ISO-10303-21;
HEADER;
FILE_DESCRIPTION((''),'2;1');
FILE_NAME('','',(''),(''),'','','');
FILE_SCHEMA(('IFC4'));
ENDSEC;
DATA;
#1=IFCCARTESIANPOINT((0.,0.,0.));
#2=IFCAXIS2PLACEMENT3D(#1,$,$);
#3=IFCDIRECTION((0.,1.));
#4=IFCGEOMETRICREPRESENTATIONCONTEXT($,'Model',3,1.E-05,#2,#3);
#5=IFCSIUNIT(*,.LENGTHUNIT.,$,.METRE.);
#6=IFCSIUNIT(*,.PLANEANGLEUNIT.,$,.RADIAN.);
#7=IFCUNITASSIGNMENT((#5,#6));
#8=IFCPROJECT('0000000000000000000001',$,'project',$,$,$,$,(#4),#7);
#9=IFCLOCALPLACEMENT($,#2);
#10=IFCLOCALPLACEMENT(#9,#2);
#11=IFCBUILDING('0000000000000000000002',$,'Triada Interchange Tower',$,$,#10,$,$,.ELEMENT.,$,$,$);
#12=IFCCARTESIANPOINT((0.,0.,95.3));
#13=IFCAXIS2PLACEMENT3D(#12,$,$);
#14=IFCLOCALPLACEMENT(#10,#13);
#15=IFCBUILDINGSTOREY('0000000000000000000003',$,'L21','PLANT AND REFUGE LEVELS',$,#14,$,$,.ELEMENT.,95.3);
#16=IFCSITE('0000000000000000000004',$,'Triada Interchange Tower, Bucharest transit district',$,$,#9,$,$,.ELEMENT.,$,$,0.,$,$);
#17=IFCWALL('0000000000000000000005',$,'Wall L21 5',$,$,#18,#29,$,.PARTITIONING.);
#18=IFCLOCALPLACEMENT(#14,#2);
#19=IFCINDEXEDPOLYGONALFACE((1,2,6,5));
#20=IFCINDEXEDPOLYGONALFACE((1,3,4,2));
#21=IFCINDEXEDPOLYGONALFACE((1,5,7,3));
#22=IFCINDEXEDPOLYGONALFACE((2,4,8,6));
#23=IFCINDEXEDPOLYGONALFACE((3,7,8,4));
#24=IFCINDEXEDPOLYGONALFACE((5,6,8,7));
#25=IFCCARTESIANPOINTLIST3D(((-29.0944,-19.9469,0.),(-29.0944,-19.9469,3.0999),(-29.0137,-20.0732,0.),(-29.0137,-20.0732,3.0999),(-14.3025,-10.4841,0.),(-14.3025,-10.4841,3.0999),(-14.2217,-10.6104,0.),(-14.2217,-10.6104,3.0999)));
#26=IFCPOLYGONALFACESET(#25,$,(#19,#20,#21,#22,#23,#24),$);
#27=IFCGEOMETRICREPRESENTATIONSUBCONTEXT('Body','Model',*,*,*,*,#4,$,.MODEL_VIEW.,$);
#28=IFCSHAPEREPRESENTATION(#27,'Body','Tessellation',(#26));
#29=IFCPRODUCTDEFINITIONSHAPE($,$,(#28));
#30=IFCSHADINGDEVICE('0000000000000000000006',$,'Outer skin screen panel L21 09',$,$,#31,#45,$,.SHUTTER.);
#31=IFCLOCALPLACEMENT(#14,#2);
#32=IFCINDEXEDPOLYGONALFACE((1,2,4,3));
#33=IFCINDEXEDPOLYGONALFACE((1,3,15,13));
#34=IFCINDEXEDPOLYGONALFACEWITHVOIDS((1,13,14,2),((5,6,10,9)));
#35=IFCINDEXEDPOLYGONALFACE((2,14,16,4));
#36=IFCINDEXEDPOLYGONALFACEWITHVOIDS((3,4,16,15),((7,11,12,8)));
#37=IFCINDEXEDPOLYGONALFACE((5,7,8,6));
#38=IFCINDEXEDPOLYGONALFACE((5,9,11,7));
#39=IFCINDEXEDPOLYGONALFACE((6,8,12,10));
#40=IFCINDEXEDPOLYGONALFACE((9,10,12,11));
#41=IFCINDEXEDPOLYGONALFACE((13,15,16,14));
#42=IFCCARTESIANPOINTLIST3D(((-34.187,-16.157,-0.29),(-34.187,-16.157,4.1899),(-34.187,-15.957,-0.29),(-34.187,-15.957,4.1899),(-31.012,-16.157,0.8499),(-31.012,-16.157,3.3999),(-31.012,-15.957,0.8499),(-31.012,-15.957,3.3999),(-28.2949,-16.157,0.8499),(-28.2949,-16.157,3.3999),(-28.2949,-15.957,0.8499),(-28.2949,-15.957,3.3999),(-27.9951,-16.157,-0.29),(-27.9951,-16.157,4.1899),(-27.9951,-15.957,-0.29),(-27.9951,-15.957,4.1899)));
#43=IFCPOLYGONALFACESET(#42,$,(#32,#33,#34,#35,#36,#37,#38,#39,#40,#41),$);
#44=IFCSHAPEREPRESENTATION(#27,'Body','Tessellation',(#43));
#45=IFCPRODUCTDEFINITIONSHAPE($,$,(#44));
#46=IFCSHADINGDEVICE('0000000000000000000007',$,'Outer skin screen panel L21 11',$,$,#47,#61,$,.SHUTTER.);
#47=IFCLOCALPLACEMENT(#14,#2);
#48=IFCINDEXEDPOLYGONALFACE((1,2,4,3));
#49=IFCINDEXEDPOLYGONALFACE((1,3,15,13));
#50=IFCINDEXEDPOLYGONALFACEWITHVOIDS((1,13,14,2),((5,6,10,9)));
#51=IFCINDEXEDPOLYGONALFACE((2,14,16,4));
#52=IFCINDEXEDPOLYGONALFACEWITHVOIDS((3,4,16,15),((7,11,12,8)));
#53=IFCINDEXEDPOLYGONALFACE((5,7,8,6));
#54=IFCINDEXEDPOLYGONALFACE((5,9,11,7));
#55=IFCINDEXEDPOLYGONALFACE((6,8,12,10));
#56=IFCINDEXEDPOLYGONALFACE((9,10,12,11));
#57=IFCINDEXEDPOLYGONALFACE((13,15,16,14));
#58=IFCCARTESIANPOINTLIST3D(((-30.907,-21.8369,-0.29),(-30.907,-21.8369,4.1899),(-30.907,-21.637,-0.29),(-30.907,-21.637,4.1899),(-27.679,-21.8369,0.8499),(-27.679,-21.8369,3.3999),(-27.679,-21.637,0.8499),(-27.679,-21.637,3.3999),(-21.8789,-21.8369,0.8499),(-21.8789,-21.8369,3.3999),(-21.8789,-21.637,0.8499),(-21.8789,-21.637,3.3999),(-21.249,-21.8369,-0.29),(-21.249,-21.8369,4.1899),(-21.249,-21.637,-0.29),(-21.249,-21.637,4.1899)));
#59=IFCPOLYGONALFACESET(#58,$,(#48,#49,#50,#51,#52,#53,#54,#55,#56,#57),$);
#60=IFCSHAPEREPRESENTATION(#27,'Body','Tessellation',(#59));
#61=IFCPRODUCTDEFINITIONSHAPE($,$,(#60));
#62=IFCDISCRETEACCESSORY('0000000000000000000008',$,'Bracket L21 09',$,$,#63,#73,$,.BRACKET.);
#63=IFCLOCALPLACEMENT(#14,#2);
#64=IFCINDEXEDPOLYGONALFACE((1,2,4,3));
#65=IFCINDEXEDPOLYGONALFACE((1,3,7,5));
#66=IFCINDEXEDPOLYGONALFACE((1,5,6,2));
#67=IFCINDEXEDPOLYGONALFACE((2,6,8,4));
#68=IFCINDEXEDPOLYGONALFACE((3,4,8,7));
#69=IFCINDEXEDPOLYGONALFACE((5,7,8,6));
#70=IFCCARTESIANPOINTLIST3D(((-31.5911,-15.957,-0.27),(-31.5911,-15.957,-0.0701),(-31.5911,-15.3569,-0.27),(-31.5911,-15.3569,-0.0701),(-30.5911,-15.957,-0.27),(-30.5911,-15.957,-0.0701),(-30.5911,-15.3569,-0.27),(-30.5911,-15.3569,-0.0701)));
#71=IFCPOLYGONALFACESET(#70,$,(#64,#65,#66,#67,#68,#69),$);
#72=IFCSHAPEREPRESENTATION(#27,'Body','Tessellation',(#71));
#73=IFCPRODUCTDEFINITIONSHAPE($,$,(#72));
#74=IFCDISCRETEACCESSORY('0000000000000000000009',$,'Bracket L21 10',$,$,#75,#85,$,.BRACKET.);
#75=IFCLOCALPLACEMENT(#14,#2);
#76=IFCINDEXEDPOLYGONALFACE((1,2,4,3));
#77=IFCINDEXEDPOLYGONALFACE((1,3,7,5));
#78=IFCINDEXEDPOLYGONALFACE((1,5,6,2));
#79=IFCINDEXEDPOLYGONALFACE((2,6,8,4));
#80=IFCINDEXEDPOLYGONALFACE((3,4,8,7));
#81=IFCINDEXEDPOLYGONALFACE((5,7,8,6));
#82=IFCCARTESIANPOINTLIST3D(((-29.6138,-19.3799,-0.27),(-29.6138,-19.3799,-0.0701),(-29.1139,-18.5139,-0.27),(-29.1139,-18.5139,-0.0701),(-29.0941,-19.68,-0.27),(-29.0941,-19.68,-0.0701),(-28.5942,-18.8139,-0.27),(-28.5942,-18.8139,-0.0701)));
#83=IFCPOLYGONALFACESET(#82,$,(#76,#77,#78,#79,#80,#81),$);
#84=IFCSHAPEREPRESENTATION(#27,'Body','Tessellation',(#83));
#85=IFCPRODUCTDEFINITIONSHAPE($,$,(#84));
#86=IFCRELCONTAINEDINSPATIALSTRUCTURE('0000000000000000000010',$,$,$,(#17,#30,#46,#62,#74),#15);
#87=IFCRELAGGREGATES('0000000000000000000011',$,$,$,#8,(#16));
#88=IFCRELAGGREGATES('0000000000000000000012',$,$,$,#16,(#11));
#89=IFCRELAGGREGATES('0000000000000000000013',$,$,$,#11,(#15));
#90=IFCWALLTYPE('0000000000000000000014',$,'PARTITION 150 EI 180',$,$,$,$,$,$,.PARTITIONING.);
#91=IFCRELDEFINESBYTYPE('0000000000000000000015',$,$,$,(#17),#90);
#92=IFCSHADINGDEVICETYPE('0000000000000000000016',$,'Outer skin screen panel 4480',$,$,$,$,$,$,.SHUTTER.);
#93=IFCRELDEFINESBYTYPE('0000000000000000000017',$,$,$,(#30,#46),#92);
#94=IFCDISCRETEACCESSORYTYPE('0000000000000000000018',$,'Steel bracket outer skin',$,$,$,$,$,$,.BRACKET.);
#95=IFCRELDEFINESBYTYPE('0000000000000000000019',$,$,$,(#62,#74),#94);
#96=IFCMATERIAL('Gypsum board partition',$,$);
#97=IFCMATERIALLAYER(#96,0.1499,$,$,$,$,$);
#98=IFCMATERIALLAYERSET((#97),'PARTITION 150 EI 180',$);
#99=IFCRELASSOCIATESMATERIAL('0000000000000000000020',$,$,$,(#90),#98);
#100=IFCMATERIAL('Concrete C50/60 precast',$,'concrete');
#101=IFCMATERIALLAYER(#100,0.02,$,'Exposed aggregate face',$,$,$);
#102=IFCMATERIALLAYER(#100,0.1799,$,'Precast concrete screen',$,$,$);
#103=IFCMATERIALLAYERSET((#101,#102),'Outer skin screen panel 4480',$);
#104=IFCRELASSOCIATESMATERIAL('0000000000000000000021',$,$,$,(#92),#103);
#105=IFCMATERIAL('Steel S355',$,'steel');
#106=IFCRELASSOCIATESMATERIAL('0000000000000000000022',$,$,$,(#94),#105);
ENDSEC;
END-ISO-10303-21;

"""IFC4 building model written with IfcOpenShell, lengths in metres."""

from ifc_helpers import new_model, si_unit, direction, frame, frame_2d, origin, origin_2d, place, context, subcontext, project, spatial, polyline, rectangle, outline, extrude, material, layer, layer_set, type_object, element, save


model = new_model("IFC4")

# Units and contexts
model_context = context("Model", 3, precision=1e-05, world=origin(), true_north=direction((0.0, 1.0)))
body_context = subcontext(model_context, "Body", "Model", "MODEL_VIEW")
ifc_project = project(units=[si_unit("LENGTHUNIT", "METRE"), si_unit("PLANEANGLEUNIT", "RADIAN")], contexts=[model_context])

# Site, building, storey
site_placement = place(None, origin())
site = spatial("IfcSite", under=ifc_project, at=site_placement, Name="Triada Interchange Tower, Bucharest transit district", CompositionType="ELEMENT", RefElevation=0.0)
building_placement = place(site_placement, origin())
building = spatial("IfcBuilding", under=site, at=building_placement, Name="Triada Interchange Tower", CompositionType="ELEMENT")
storey_placement = place(building_placement, frame((0.0, 0.0, 95.3)))
storey = spatial("IfcBuildingStorey", under=building, at=storey_placement, Name="L21", Description="PLANT AND REFUGE LEVELS", CompositionType="ELEMENT", Elevation=95.3)

# Shared definitions
ifc_material_1 = material(Name="Steel S355", Category="steel")

# Wall
ifc_material_2 = material(Name="Gypsum board partition")
ifc_layer_1 = layer(ifc_material_2, 0.1499)
ifc_layer_set_1 = layer_set([ifc_layer_1], Name="PARTITION 150 EI 180")
wall_type_1 = type_object("IfcWallType", Name="PARTITION 150 EI 180", PredefinedType="PARTITIONING", material=ifc_layer_set_1)
wall_1_placement = place(storey_placement, frame((-29.054, -20.01, 0.0), z_axis=(0.0, 0.0, 1.0), x_axis=(0.842374, 0.538893, 0.0)))
element("IfcWall", 1, at=wall_1_placement, inside=storey, type_object=wall_type_1, Name="Wall L21 5", PredefinedType="PARTITIONING", context=body_context, shape_type="SweptSolid", body=[
    extrude(rectangle(XDim=17.5598, YDim=0.1499, at=frame_2d((8.7798, 0.0))), origin(), (0.0, 0.0, 1.0), 3.0999),
])

# Shading devices
ifc_material_3 = material(Name="Concrete C50/60 precast", Category="concrete")
ifc_layer_2 = layer(ifc_material_3, 0.02, Name="Exposed aggregate face")
ifc_layer_3 = layer(ifc_material_3, 0.1799, Name="Precast concrete screen")
ifc_layer_set_2 = layer_set([ifc_layer_2, ifc_layer_3], Name="Outer skin screen panel 4480")
shading_device_type = type_object("IfcShadingDeviceType", Name="Outer skin screen panel 4480", PredefinedType="SHUTTER", material=ifc_layer_set_2)
shading_device_1_placement = place(storey_placement, frame((-34.187, -15.957, -0.29), z_axis=(0.0, 0.0, 1.0), x_axis=(1.0, 0.0, 0.0)))
element("IfcShadingDevice", 2, at=shading_device_1_placement, inside=storey, type_object=shading_device_type, Name="Outer skin screen panel L21 09", PredefinedType="SHUTTER", context=body_context, shape_type="SweptSolid", body=[
    extrude(outline(polyline([(0.0, 0.0), (6.1919, 0.0), (6.1919, 4.48), (0.0, 4.48), (0.0, 0.0)]), holes=[polyline([(3.175, 1.1399), (3.175, 3.6899), (5.8921, 3.6899), (5.8921, 1.1399), (3.175, 1.1399)])]), frame((0.0, 0.0, 0.0), z_axis=(0.0, -1.0, 0.0), x_axis=(1.0, 0.0, 0.0)), (0.0, 0.0, 1.0), 0.2),
])
shading_device_2_placement = place(storey_placement, frame((-30.907, -21.637, -0.29), z_axis=(0.0, 0.0, 1.0), x_axis=(1.0, 0.0, 0.0)))
element("IfcShadingDevice", 3, at=shading_device_2_placement, inside=storey, type_object=shading_device_type, Name="Outer skin screen panel L21 11", PredefinedType="SHUTTER", context=body_context, shape_type="SweptSolid", body=[
    extrude(outline(polyline([(0.0, 0.0), (9.658, 0.0), (9.658, 4.48), (0.0, 4.48), (0.0, 0.0)]), holes=[polyline([(3.228, 1.1399), (3.228, 3.6899), (9.0281, 3.6899), (9.0281, 1.1399), (3.228, 1.1399)])]), frame((0.0, 0.0, 0.0), z_axis=(0.0, -1.0, 0.0), x_axis=(1.0, 0.0, 0.0)), (0.0, 0.0, 1.0), 0.2),
])

# Discrete accessories
discrete_accessory_type = type_object("IfcDiscreteAccessoryType", Name="Steel bracket outer skin", PredefinedType="BRACKET", material=ifc_material_1)
for number, where, z_axis, x_axis, name in (
    (4, (-31.0911, -15.657, -0.27), (0.0, 0.0, 1.0), (0.0, -1.0, 0.0), "Bracket L21 09"),
    (5, (-29.104, -19.0969, -0.27), (0.0, 0.0, 1.0), (-0.866048, 0.49996, 0.0), "Bracket L21 10"),
):
    element("IfcDiscreteAccessory", number, at=place(storey_placement, frame(where, z_axis=z_axis, x_axis=x_axis)), inside=storey, type_object=discrete_accessory_type, Name=name, PredefinedType="BRACKET", context=body_context, shape_type="SweptSolid", body=[
        extrude(rectangle(XDim=0.6001, YDim=1.0, at=origin_2d()), origin(), (0.0, 0.0, 1.0), 0.2),
    ])

save(model, "model.ifc")
